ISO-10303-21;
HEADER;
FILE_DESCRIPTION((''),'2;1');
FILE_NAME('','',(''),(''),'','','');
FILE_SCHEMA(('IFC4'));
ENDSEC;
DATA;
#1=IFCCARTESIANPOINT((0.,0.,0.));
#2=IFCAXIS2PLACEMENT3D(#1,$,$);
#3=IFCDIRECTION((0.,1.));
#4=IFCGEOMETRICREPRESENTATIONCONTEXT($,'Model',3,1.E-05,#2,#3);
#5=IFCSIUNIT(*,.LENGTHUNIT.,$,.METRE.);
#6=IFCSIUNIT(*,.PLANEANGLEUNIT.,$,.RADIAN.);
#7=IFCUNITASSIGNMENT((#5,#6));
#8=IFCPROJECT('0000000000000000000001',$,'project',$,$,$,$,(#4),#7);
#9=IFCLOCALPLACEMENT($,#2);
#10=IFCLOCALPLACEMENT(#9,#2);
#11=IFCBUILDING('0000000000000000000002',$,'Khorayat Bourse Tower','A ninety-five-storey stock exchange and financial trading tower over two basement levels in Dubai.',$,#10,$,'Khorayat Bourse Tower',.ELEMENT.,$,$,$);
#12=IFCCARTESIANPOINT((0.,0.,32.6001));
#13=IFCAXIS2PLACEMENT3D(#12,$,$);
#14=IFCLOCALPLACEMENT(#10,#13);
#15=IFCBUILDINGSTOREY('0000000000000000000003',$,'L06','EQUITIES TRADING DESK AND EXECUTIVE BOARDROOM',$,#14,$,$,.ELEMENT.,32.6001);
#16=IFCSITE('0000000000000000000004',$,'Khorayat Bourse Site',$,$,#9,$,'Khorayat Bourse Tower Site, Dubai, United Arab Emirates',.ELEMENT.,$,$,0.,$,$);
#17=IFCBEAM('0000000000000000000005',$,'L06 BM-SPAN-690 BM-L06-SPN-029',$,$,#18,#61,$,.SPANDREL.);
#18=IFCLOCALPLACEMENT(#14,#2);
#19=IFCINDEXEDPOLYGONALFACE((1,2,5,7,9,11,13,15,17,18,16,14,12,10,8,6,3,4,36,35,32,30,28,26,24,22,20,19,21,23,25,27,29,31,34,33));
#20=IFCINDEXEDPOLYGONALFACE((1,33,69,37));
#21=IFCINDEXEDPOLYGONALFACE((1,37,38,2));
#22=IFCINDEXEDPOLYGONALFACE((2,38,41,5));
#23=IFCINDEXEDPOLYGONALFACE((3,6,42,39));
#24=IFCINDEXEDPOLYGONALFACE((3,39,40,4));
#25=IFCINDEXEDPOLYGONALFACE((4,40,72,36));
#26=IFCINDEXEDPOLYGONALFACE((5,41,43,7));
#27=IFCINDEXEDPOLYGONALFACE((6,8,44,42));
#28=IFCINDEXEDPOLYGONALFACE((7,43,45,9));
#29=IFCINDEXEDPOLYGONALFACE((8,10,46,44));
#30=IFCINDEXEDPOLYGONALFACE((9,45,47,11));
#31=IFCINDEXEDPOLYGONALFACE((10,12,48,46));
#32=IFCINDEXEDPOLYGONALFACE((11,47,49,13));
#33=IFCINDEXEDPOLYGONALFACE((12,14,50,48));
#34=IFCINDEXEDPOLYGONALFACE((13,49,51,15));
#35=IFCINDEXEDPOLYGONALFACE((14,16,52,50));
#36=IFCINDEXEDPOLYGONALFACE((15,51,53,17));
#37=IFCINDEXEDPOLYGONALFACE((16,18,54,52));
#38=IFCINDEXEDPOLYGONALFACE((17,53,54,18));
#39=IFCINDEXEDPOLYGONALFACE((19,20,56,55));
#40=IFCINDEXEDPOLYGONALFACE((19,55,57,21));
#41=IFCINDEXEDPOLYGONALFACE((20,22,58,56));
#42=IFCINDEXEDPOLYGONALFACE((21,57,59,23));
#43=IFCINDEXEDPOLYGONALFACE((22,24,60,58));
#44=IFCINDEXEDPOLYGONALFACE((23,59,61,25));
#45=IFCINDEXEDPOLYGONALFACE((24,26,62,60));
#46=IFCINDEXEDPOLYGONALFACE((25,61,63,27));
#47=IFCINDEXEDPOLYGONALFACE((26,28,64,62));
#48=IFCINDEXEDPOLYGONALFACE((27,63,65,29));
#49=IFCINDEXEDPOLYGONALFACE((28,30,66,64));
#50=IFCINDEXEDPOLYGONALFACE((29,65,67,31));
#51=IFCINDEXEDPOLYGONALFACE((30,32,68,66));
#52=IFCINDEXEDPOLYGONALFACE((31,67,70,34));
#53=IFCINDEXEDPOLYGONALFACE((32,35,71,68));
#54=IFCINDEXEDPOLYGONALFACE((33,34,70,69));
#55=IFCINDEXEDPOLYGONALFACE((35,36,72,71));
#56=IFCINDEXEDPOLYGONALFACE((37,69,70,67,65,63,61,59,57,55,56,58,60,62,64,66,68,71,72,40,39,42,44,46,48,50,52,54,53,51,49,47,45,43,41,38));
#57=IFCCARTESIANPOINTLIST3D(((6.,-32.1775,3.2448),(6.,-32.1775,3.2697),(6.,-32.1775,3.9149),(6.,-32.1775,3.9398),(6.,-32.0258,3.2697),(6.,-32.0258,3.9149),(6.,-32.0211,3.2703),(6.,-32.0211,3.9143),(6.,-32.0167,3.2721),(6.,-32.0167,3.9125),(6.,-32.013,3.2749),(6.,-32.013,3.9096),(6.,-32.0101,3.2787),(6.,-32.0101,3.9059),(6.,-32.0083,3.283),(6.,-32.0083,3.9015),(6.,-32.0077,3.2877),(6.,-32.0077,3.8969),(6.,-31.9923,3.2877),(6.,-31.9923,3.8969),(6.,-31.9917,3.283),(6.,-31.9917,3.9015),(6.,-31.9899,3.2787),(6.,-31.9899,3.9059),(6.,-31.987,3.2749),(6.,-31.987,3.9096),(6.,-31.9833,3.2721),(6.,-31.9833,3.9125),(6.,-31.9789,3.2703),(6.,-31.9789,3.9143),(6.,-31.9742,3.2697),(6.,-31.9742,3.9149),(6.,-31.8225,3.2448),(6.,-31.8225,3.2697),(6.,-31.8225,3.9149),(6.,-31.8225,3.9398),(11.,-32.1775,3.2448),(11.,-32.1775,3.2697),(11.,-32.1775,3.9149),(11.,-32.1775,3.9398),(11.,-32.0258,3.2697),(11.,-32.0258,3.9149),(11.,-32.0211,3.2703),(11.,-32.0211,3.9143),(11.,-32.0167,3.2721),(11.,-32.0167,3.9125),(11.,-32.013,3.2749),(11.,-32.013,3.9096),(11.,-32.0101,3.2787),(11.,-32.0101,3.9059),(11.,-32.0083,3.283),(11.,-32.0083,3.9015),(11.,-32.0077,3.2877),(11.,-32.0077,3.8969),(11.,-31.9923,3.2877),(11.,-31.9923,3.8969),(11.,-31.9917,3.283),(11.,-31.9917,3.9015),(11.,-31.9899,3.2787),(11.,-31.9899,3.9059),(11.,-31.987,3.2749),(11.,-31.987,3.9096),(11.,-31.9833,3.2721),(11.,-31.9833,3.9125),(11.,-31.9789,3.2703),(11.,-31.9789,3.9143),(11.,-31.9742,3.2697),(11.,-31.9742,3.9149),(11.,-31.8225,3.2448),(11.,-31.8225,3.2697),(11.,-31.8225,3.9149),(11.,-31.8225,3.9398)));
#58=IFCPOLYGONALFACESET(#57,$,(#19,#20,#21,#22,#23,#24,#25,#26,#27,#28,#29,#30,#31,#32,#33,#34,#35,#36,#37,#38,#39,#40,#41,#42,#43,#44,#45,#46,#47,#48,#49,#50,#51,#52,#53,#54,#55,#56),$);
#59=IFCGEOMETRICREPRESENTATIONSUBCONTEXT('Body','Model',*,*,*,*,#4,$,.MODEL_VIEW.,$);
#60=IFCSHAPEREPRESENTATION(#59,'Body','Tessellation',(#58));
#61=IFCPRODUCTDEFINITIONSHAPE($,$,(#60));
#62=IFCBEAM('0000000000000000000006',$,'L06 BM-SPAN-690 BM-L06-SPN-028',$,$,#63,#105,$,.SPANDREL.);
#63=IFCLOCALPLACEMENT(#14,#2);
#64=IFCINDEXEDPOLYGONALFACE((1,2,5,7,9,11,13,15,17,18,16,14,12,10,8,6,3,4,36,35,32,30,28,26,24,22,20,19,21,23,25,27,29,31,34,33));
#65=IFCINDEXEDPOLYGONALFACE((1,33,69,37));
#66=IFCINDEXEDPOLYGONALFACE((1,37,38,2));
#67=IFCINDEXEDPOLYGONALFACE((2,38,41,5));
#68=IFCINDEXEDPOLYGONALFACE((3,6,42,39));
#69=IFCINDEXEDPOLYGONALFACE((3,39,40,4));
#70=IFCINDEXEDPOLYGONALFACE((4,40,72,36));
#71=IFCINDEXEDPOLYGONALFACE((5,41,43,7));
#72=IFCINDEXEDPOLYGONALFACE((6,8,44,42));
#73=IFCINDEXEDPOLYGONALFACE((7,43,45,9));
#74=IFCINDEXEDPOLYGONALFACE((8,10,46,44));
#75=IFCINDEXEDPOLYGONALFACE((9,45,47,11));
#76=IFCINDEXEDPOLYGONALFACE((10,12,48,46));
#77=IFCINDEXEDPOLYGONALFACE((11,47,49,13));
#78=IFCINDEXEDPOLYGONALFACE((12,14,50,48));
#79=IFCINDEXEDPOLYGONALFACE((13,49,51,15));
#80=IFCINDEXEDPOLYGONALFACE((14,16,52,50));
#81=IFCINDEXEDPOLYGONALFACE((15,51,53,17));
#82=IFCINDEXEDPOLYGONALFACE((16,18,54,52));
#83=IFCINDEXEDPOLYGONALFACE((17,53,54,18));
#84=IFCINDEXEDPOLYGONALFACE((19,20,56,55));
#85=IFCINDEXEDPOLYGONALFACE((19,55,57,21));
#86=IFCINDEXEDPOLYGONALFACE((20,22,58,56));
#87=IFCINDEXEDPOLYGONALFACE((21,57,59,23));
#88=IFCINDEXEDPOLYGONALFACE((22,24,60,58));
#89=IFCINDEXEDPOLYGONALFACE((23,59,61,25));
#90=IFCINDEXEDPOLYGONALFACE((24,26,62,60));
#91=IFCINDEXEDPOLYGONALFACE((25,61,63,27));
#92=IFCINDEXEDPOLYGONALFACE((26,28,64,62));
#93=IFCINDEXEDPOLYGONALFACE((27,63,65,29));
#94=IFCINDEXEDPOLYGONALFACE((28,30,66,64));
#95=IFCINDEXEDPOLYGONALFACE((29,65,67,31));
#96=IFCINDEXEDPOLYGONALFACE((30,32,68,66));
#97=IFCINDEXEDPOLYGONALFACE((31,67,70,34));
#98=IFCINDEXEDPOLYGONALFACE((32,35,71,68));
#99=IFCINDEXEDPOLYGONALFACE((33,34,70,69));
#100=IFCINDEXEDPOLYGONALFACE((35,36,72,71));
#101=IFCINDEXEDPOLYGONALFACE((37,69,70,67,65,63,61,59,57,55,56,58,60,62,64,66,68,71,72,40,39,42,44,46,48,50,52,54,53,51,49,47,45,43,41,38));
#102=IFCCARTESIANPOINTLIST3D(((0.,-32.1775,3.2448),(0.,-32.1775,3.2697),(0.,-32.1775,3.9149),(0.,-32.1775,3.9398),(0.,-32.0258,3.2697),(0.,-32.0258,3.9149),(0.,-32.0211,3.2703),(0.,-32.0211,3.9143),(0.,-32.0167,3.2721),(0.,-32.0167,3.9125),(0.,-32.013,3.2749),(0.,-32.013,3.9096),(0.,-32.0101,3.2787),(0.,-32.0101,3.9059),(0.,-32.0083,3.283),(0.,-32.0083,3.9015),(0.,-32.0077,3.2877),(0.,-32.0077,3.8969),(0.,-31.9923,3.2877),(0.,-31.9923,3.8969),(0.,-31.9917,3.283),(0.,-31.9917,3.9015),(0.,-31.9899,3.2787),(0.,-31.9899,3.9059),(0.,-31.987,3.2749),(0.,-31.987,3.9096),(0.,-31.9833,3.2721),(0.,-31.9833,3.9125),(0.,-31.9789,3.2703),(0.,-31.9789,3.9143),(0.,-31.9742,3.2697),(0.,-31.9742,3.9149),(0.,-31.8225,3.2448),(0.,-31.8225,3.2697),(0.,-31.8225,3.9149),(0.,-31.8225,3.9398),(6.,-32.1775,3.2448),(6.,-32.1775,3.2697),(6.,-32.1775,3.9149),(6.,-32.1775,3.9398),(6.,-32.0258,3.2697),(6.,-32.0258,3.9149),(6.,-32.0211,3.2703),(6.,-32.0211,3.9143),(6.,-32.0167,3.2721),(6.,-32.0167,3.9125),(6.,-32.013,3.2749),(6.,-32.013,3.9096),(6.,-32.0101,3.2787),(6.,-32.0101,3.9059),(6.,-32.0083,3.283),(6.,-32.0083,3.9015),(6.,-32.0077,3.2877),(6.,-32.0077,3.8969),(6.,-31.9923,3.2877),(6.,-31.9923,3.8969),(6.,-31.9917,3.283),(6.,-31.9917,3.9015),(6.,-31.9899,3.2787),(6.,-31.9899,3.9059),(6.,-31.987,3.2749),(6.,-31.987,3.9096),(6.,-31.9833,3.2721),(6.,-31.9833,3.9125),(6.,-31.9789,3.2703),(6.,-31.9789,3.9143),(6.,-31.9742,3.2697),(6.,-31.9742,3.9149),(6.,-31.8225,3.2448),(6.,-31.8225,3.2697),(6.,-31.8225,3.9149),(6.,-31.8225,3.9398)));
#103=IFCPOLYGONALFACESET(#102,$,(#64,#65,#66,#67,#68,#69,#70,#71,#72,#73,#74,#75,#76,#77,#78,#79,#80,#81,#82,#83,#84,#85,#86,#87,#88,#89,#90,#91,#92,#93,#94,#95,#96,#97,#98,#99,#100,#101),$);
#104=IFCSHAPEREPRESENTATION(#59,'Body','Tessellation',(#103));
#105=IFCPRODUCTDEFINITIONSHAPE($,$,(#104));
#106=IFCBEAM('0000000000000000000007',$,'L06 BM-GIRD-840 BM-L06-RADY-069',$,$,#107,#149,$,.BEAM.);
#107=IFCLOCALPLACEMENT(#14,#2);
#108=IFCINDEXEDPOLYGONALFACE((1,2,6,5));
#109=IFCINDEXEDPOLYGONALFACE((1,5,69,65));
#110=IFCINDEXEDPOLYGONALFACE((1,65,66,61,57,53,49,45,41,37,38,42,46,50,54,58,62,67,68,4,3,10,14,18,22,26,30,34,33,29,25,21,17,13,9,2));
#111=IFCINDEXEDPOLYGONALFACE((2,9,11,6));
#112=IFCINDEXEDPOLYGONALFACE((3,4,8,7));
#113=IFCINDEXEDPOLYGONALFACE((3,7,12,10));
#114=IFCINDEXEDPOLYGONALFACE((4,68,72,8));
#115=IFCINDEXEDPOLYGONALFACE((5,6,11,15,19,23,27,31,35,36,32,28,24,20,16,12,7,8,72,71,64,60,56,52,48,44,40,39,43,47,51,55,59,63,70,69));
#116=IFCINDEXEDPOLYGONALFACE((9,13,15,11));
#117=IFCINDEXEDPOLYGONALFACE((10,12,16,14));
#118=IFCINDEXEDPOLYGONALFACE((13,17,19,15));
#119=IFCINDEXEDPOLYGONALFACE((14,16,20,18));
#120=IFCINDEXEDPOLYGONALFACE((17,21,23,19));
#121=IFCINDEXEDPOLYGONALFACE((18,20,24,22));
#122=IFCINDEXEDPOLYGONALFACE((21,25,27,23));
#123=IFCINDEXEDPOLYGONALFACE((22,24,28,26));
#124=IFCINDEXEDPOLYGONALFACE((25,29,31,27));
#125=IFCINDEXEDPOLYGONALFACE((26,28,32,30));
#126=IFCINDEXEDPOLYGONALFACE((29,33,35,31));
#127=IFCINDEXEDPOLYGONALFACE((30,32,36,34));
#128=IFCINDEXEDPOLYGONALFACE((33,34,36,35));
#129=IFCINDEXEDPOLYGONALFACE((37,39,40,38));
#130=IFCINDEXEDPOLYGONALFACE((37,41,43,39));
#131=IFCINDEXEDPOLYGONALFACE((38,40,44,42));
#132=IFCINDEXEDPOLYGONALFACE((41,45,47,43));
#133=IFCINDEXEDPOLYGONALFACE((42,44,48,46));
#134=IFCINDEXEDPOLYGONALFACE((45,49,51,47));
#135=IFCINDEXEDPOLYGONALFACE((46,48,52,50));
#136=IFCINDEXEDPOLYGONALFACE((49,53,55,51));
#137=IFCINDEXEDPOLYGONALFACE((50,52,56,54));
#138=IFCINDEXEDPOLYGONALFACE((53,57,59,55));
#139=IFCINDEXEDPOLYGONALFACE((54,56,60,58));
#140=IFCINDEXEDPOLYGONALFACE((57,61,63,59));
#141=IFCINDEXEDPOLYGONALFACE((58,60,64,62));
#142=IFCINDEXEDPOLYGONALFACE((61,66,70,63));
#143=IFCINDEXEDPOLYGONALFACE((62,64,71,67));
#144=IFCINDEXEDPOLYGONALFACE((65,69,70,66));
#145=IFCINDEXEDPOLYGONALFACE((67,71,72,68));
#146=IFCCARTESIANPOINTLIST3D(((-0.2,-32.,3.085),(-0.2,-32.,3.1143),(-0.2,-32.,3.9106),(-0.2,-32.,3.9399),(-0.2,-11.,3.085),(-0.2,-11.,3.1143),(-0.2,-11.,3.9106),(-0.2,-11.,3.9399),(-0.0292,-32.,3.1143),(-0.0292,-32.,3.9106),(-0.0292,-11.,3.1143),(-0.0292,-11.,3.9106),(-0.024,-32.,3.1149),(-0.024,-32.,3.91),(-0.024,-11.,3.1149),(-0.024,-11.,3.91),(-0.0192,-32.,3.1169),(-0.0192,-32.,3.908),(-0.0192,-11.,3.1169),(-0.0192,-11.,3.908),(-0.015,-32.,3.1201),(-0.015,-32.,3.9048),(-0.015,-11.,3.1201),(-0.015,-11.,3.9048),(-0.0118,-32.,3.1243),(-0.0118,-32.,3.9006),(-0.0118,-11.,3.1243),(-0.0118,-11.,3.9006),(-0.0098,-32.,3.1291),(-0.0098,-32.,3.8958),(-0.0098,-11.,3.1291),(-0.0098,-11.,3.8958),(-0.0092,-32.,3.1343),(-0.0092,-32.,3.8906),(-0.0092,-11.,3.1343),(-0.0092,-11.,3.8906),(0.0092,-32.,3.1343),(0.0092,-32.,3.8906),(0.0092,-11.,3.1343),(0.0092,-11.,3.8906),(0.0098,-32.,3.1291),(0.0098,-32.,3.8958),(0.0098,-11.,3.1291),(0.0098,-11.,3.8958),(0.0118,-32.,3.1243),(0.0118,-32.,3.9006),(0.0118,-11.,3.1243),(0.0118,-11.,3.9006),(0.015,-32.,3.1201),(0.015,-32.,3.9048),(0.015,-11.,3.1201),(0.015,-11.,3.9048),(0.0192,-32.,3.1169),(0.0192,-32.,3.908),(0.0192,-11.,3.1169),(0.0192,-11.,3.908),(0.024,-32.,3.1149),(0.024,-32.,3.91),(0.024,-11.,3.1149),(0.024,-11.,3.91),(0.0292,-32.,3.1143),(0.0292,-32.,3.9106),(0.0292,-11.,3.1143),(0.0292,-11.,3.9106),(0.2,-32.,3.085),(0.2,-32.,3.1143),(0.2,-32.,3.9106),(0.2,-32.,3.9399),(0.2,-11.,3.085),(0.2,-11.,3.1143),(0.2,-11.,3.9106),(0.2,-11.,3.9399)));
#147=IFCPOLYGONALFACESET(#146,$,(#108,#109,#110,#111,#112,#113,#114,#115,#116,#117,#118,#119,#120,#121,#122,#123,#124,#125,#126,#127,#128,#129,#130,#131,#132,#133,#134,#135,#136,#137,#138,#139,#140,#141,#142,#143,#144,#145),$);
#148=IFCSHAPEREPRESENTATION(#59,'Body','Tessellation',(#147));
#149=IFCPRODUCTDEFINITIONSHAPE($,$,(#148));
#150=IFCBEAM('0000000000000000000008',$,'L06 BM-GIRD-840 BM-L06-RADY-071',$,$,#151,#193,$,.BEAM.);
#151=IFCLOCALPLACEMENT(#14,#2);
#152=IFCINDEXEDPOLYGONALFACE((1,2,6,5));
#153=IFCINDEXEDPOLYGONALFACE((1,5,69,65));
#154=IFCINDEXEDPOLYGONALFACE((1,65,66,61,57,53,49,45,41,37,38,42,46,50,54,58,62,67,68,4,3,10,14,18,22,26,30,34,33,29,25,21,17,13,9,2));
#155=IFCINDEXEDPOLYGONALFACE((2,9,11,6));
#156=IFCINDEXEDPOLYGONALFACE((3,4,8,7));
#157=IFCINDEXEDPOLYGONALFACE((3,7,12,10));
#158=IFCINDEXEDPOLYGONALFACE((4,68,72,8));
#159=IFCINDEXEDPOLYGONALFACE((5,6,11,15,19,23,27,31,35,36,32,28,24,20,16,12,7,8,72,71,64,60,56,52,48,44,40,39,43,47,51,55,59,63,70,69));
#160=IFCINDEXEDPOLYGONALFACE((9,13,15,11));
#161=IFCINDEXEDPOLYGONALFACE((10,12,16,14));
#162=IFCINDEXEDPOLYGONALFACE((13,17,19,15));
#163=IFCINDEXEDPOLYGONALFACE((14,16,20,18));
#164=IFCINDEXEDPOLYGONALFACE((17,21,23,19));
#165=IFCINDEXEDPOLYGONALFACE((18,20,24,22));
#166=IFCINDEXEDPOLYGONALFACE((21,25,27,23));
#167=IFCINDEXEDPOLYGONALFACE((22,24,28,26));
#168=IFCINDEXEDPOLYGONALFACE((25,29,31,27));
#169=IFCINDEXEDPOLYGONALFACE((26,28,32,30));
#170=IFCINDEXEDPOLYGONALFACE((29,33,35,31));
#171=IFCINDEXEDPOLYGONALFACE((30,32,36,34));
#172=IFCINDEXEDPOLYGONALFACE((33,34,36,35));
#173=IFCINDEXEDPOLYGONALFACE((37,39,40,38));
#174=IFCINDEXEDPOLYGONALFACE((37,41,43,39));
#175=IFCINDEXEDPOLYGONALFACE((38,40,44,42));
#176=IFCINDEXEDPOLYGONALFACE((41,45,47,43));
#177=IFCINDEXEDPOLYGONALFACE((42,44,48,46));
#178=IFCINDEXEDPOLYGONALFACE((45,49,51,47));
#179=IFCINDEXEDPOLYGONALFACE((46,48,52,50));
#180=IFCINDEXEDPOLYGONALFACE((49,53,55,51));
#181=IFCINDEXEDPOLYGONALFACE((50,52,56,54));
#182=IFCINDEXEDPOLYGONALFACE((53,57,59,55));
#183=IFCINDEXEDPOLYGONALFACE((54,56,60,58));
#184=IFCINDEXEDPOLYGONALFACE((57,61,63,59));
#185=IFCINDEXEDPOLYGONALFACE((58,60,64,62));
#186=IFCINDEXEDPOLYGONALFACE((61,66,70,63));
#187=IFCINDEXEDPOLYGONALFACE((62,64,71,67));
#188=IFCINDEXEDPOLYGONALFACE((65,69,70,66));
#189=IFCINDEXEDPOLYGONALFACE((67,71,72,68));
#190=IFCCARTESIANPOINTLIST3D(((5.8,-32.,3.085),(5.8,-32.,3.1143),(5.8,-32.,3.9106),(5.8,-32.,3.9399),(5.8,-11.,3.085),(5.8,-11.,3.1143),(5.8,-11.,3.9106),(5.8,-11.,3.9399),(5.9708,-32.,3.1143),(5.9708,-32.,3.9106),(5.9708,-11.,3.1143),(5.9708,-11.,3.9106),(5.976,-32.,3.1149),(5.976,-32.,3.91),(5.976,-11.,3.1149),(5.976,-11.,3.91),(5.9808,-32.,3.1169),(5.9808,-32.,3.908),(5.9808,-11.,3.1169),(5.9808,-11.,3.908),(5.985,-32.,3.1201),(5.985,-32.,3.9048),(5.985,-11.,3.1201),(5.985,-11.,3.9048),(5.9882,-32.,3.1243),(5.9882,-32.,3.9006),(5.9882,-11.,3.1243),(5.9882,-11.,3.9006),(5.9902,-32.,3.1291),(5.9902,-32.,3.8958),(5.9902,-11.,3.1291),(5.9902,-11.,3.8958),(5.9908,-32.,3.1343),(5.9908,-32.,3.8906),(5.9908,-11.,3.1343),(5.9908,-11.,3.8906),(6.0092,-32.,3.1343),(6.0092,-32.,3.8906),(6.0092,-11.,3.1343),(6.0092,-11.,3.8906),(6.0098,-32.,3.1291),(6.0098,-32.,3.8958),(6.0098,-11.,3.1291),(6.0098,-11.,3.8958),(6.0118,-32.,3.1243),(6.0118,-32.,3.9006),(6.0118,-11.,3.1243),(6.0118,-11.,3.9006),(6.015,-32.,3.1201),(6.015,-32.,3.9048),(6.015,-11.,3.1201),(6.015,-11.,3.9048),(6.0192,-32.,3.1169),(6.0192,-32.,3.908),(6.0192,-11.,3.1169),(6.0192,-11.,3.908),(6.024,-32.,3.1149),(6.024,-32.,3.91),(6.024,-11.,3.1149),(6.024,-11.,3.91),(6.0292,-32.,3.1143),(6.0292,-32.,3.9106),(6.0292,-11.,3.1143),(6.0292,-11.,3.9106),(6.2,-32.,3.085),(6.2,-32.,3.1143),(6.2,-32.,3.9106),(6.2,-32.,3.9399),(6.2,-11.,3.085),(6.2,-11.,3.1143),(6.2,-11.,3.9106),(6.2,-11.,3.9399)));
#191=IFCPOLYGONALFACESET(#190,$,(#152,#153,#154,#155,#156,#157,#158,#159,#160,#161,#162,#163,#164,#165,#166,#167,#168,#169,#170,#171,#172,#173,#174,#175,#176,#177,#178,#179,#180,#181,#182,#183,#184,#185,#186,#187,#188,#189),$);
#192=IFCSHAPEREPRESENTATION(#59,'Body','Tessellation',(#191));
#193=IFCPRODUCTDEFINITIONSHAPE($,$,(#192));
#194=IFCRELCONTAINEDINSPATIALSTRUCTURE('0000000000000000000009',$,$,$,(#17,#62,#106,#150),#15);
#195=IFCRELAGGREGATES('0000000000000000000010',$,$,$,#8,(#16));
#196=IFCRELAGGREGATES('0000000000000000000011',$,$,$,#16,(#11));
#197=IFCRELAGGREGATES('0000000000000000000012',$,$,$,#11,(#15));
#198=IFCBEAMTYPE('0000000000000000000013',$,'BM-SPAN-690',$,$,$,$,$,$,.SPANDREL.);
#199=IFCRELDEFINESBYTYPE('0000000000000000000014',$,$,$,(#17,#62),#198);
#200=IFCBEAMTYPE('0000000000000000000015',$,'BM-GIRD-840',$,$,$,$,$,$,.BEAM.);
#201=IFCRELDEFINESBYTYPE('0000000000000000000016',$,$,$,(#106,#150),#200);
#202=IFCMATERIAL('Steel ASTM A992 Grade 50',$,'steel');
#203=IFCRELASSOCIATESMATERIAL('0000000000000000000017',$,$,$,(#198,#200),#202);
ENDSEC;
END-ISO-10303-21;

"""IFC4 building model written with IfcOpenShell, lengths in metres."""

from ifc_helpers import new_model, si_unit, direction, frame, origin, origin_2d, place, context, subcontext, project, spatial, i_section, extrude, source, transform, mapped, material, material_profile, profile_set, type_object, element, save


model = new_model("IFC4")

# Units and contexts
model_context = context("Model", 3, precision=1e-05, world=origin(), true_north=direction((0.0, 1.0)))
body_context = subcontext(model_context, "Body", "Model", "MODEL_VIEW")
ifc_project = project(units=[si_unit("LENGTHUNIT", "METRE"), si_unit("PLANEANGLEUNIT", "RADIAN")], contexts=[model_context])

# Site, building, storey
site_placement = place(None, origin())
site = spatial("IfcSite", under=ifc_project, at=site_placement, Name="Khorayat Bourse Site", LongName="Khorayat Bourse Tower Site, Dubai, United Arab Emirates", CompositionType="ELEMENT", RefElevation=0.0)
building_placement = place(site_placement, origin())
building = spatial("IfcBuilding", under=site, at=building_placement, Name="Khorayat Bourse Tower", Description="A ninety-five-storey stock exchange and financial trading tower over two basement levels in Dubai.", LongName="Khorayat Bourse Tower", CompositionType="ELEMENT")
storey_placement = place(building_placement, frame((0.0, 0.0, 32.6001)))
storey = spatial("IfcBuildingStorey", under=building, at=storey_placement, Name="L06", Description="EQUITIES TRADING DESK AND EXECUTIVE BOARDROOM", CompositionType="ELEMENT", Elevation=32.6001)

# Beams
ifc_material_1 = material(Name="Steel ASTM A992 Grade 50", Category="steel")
ifc_material_profile_1 = material_profile(ifc_material_1, i_section(OverallWidth=0.355, OverallDepth=0.6951, WebThickness=0.0154, FlangeThickness=0.0249, FilletRadius=0.0181, at=origin_2d()), Name="W690X217")
ifc_profile_set_1 = profile_set([ifc_material_profile_1], Name="Steel ASTM A992 Grade 50")
beam_type_1 = type_object("IfcBeamType", Name="BM-SPAN-690", PredefinedType="SPANDREL", material=ifc_profile_set_1)
shared_shape_1 = source(origin(), body_context, "Body", "SweptSolid", [
    extrude(i_section(OverallWidth=0.355, OverallDepth=0.6951, WebThickness=0.0154, FlangeThickness=0.0249, FilletRadius=0.0181, at=origin_2d()), origin(), (0.0, 0.0, 1.0), 5.0),
])
beam_1_placement = place(storey_placement, frame((6.0, -32.0, 3.5923), z_axis=(1.0, 0.0, 0.0), x_axis=(0.0, 1.0, 0.0)))
element("IfcBeam", 1, at=beam_1_placement, inside=storey, type_object=beam_type_1, Name="L06 BM-SPAN-690 BM-L06-SPN-029", PredefinedType="SPANDREL", context=body_context, shape_type="MappedRepresentation", body=[
    mapped(shared_shape_1, transform((0.0, 0.0, 0.0), scale=1.0)),
])
shared_shape_2 = source(origin(), body_context, "Body", "SweptSolid", [
    extrude(i_section(OverallWidth=0.355, OverallDepth=0.6951, WebThickness=0.0154, FlangeThickness=0.0249, FilletRadius=0.0181, at=origin_2d()), origin(), (0.0, 0.0, 1.0), 6.0),
])
beam_2_placement = place(storey_placement, frame((0.0, -32.0, 3.5923), z_axis=(1.0, 0.0, 0.0), x_axis=(0.0, 1.0, 0.0)))
element("IfcBeam", 2, at=beam_2_placement, inside=storey, type_object=beam_type_1, Name="L06 BM-SPAN-690 BM-L06-SPN-028", PredefinedType="SPANDREL", context=body_context, shape_type="MappedRepresentation", body=[
    mapped(shared_shape_2, transform((0.0, 0.0, 0.0), scale=1.0)),
])
ifc_material_profile_2 = material_profile(ifc_material_1, i_section(OverallWidth=0.3999, OverallDepth=0.855, WebThickness=0.0183, FlangeThickness=0.0293, FilletRadius=0.02, at=origin_2d()), Name="W840X299")
ifc_profile_set_2 = profile_set([ifc_material_profile_2], Name="Steel ASTM A992 Grade 50")
beam_type_2 = type_object("IfcBeamType", Name="BM-GIRD-840", PredefinedType="BEAM", material=ifc_profile_set_2)
shared_shape_3 = source(origin(), body_context, "Body", "SweptSolid", [
    extrude(i_section(OverallWidth=0.3999, OverallDepth=0.855, WebThickness=0.0183, FlangeThickness=0.0293, FilletRadius=0.02, at=origin_2d()), origin(), (0.0, 0.0, 1.0), 21.0),
])
for number, where, z_axis, x_axis, name in (
    (3, (0.0, -32.0, 3.5125), (0.0, 1.0, 0.0), (-1.0, 0.0, 0.0), "L06 BM-GIRD-840 BM-L06-RADY-069"),
    (4, (6.0, -32.0, 3.5125), (0.0, 1.0, 0.0), (-1.0, 0.0, 0.0), "L06 BM-GIRD-840 BM-L06-RADY-071"),
):
    element("IfcBeam", number, at=place(storey_placement, frame(where, z_axis=z_axis, x_axis=x_axis)), inside=storey, type_object=beam_type_2, Name=name, PredefinedType="BEAM", context=body_context, shape_type="MappedRepresentation", body=[
        mapped(shared_shape_3, transform((0.0, 0.0, 0.0), scale=1.0)),
    ])

save(model, "model.ifc")
